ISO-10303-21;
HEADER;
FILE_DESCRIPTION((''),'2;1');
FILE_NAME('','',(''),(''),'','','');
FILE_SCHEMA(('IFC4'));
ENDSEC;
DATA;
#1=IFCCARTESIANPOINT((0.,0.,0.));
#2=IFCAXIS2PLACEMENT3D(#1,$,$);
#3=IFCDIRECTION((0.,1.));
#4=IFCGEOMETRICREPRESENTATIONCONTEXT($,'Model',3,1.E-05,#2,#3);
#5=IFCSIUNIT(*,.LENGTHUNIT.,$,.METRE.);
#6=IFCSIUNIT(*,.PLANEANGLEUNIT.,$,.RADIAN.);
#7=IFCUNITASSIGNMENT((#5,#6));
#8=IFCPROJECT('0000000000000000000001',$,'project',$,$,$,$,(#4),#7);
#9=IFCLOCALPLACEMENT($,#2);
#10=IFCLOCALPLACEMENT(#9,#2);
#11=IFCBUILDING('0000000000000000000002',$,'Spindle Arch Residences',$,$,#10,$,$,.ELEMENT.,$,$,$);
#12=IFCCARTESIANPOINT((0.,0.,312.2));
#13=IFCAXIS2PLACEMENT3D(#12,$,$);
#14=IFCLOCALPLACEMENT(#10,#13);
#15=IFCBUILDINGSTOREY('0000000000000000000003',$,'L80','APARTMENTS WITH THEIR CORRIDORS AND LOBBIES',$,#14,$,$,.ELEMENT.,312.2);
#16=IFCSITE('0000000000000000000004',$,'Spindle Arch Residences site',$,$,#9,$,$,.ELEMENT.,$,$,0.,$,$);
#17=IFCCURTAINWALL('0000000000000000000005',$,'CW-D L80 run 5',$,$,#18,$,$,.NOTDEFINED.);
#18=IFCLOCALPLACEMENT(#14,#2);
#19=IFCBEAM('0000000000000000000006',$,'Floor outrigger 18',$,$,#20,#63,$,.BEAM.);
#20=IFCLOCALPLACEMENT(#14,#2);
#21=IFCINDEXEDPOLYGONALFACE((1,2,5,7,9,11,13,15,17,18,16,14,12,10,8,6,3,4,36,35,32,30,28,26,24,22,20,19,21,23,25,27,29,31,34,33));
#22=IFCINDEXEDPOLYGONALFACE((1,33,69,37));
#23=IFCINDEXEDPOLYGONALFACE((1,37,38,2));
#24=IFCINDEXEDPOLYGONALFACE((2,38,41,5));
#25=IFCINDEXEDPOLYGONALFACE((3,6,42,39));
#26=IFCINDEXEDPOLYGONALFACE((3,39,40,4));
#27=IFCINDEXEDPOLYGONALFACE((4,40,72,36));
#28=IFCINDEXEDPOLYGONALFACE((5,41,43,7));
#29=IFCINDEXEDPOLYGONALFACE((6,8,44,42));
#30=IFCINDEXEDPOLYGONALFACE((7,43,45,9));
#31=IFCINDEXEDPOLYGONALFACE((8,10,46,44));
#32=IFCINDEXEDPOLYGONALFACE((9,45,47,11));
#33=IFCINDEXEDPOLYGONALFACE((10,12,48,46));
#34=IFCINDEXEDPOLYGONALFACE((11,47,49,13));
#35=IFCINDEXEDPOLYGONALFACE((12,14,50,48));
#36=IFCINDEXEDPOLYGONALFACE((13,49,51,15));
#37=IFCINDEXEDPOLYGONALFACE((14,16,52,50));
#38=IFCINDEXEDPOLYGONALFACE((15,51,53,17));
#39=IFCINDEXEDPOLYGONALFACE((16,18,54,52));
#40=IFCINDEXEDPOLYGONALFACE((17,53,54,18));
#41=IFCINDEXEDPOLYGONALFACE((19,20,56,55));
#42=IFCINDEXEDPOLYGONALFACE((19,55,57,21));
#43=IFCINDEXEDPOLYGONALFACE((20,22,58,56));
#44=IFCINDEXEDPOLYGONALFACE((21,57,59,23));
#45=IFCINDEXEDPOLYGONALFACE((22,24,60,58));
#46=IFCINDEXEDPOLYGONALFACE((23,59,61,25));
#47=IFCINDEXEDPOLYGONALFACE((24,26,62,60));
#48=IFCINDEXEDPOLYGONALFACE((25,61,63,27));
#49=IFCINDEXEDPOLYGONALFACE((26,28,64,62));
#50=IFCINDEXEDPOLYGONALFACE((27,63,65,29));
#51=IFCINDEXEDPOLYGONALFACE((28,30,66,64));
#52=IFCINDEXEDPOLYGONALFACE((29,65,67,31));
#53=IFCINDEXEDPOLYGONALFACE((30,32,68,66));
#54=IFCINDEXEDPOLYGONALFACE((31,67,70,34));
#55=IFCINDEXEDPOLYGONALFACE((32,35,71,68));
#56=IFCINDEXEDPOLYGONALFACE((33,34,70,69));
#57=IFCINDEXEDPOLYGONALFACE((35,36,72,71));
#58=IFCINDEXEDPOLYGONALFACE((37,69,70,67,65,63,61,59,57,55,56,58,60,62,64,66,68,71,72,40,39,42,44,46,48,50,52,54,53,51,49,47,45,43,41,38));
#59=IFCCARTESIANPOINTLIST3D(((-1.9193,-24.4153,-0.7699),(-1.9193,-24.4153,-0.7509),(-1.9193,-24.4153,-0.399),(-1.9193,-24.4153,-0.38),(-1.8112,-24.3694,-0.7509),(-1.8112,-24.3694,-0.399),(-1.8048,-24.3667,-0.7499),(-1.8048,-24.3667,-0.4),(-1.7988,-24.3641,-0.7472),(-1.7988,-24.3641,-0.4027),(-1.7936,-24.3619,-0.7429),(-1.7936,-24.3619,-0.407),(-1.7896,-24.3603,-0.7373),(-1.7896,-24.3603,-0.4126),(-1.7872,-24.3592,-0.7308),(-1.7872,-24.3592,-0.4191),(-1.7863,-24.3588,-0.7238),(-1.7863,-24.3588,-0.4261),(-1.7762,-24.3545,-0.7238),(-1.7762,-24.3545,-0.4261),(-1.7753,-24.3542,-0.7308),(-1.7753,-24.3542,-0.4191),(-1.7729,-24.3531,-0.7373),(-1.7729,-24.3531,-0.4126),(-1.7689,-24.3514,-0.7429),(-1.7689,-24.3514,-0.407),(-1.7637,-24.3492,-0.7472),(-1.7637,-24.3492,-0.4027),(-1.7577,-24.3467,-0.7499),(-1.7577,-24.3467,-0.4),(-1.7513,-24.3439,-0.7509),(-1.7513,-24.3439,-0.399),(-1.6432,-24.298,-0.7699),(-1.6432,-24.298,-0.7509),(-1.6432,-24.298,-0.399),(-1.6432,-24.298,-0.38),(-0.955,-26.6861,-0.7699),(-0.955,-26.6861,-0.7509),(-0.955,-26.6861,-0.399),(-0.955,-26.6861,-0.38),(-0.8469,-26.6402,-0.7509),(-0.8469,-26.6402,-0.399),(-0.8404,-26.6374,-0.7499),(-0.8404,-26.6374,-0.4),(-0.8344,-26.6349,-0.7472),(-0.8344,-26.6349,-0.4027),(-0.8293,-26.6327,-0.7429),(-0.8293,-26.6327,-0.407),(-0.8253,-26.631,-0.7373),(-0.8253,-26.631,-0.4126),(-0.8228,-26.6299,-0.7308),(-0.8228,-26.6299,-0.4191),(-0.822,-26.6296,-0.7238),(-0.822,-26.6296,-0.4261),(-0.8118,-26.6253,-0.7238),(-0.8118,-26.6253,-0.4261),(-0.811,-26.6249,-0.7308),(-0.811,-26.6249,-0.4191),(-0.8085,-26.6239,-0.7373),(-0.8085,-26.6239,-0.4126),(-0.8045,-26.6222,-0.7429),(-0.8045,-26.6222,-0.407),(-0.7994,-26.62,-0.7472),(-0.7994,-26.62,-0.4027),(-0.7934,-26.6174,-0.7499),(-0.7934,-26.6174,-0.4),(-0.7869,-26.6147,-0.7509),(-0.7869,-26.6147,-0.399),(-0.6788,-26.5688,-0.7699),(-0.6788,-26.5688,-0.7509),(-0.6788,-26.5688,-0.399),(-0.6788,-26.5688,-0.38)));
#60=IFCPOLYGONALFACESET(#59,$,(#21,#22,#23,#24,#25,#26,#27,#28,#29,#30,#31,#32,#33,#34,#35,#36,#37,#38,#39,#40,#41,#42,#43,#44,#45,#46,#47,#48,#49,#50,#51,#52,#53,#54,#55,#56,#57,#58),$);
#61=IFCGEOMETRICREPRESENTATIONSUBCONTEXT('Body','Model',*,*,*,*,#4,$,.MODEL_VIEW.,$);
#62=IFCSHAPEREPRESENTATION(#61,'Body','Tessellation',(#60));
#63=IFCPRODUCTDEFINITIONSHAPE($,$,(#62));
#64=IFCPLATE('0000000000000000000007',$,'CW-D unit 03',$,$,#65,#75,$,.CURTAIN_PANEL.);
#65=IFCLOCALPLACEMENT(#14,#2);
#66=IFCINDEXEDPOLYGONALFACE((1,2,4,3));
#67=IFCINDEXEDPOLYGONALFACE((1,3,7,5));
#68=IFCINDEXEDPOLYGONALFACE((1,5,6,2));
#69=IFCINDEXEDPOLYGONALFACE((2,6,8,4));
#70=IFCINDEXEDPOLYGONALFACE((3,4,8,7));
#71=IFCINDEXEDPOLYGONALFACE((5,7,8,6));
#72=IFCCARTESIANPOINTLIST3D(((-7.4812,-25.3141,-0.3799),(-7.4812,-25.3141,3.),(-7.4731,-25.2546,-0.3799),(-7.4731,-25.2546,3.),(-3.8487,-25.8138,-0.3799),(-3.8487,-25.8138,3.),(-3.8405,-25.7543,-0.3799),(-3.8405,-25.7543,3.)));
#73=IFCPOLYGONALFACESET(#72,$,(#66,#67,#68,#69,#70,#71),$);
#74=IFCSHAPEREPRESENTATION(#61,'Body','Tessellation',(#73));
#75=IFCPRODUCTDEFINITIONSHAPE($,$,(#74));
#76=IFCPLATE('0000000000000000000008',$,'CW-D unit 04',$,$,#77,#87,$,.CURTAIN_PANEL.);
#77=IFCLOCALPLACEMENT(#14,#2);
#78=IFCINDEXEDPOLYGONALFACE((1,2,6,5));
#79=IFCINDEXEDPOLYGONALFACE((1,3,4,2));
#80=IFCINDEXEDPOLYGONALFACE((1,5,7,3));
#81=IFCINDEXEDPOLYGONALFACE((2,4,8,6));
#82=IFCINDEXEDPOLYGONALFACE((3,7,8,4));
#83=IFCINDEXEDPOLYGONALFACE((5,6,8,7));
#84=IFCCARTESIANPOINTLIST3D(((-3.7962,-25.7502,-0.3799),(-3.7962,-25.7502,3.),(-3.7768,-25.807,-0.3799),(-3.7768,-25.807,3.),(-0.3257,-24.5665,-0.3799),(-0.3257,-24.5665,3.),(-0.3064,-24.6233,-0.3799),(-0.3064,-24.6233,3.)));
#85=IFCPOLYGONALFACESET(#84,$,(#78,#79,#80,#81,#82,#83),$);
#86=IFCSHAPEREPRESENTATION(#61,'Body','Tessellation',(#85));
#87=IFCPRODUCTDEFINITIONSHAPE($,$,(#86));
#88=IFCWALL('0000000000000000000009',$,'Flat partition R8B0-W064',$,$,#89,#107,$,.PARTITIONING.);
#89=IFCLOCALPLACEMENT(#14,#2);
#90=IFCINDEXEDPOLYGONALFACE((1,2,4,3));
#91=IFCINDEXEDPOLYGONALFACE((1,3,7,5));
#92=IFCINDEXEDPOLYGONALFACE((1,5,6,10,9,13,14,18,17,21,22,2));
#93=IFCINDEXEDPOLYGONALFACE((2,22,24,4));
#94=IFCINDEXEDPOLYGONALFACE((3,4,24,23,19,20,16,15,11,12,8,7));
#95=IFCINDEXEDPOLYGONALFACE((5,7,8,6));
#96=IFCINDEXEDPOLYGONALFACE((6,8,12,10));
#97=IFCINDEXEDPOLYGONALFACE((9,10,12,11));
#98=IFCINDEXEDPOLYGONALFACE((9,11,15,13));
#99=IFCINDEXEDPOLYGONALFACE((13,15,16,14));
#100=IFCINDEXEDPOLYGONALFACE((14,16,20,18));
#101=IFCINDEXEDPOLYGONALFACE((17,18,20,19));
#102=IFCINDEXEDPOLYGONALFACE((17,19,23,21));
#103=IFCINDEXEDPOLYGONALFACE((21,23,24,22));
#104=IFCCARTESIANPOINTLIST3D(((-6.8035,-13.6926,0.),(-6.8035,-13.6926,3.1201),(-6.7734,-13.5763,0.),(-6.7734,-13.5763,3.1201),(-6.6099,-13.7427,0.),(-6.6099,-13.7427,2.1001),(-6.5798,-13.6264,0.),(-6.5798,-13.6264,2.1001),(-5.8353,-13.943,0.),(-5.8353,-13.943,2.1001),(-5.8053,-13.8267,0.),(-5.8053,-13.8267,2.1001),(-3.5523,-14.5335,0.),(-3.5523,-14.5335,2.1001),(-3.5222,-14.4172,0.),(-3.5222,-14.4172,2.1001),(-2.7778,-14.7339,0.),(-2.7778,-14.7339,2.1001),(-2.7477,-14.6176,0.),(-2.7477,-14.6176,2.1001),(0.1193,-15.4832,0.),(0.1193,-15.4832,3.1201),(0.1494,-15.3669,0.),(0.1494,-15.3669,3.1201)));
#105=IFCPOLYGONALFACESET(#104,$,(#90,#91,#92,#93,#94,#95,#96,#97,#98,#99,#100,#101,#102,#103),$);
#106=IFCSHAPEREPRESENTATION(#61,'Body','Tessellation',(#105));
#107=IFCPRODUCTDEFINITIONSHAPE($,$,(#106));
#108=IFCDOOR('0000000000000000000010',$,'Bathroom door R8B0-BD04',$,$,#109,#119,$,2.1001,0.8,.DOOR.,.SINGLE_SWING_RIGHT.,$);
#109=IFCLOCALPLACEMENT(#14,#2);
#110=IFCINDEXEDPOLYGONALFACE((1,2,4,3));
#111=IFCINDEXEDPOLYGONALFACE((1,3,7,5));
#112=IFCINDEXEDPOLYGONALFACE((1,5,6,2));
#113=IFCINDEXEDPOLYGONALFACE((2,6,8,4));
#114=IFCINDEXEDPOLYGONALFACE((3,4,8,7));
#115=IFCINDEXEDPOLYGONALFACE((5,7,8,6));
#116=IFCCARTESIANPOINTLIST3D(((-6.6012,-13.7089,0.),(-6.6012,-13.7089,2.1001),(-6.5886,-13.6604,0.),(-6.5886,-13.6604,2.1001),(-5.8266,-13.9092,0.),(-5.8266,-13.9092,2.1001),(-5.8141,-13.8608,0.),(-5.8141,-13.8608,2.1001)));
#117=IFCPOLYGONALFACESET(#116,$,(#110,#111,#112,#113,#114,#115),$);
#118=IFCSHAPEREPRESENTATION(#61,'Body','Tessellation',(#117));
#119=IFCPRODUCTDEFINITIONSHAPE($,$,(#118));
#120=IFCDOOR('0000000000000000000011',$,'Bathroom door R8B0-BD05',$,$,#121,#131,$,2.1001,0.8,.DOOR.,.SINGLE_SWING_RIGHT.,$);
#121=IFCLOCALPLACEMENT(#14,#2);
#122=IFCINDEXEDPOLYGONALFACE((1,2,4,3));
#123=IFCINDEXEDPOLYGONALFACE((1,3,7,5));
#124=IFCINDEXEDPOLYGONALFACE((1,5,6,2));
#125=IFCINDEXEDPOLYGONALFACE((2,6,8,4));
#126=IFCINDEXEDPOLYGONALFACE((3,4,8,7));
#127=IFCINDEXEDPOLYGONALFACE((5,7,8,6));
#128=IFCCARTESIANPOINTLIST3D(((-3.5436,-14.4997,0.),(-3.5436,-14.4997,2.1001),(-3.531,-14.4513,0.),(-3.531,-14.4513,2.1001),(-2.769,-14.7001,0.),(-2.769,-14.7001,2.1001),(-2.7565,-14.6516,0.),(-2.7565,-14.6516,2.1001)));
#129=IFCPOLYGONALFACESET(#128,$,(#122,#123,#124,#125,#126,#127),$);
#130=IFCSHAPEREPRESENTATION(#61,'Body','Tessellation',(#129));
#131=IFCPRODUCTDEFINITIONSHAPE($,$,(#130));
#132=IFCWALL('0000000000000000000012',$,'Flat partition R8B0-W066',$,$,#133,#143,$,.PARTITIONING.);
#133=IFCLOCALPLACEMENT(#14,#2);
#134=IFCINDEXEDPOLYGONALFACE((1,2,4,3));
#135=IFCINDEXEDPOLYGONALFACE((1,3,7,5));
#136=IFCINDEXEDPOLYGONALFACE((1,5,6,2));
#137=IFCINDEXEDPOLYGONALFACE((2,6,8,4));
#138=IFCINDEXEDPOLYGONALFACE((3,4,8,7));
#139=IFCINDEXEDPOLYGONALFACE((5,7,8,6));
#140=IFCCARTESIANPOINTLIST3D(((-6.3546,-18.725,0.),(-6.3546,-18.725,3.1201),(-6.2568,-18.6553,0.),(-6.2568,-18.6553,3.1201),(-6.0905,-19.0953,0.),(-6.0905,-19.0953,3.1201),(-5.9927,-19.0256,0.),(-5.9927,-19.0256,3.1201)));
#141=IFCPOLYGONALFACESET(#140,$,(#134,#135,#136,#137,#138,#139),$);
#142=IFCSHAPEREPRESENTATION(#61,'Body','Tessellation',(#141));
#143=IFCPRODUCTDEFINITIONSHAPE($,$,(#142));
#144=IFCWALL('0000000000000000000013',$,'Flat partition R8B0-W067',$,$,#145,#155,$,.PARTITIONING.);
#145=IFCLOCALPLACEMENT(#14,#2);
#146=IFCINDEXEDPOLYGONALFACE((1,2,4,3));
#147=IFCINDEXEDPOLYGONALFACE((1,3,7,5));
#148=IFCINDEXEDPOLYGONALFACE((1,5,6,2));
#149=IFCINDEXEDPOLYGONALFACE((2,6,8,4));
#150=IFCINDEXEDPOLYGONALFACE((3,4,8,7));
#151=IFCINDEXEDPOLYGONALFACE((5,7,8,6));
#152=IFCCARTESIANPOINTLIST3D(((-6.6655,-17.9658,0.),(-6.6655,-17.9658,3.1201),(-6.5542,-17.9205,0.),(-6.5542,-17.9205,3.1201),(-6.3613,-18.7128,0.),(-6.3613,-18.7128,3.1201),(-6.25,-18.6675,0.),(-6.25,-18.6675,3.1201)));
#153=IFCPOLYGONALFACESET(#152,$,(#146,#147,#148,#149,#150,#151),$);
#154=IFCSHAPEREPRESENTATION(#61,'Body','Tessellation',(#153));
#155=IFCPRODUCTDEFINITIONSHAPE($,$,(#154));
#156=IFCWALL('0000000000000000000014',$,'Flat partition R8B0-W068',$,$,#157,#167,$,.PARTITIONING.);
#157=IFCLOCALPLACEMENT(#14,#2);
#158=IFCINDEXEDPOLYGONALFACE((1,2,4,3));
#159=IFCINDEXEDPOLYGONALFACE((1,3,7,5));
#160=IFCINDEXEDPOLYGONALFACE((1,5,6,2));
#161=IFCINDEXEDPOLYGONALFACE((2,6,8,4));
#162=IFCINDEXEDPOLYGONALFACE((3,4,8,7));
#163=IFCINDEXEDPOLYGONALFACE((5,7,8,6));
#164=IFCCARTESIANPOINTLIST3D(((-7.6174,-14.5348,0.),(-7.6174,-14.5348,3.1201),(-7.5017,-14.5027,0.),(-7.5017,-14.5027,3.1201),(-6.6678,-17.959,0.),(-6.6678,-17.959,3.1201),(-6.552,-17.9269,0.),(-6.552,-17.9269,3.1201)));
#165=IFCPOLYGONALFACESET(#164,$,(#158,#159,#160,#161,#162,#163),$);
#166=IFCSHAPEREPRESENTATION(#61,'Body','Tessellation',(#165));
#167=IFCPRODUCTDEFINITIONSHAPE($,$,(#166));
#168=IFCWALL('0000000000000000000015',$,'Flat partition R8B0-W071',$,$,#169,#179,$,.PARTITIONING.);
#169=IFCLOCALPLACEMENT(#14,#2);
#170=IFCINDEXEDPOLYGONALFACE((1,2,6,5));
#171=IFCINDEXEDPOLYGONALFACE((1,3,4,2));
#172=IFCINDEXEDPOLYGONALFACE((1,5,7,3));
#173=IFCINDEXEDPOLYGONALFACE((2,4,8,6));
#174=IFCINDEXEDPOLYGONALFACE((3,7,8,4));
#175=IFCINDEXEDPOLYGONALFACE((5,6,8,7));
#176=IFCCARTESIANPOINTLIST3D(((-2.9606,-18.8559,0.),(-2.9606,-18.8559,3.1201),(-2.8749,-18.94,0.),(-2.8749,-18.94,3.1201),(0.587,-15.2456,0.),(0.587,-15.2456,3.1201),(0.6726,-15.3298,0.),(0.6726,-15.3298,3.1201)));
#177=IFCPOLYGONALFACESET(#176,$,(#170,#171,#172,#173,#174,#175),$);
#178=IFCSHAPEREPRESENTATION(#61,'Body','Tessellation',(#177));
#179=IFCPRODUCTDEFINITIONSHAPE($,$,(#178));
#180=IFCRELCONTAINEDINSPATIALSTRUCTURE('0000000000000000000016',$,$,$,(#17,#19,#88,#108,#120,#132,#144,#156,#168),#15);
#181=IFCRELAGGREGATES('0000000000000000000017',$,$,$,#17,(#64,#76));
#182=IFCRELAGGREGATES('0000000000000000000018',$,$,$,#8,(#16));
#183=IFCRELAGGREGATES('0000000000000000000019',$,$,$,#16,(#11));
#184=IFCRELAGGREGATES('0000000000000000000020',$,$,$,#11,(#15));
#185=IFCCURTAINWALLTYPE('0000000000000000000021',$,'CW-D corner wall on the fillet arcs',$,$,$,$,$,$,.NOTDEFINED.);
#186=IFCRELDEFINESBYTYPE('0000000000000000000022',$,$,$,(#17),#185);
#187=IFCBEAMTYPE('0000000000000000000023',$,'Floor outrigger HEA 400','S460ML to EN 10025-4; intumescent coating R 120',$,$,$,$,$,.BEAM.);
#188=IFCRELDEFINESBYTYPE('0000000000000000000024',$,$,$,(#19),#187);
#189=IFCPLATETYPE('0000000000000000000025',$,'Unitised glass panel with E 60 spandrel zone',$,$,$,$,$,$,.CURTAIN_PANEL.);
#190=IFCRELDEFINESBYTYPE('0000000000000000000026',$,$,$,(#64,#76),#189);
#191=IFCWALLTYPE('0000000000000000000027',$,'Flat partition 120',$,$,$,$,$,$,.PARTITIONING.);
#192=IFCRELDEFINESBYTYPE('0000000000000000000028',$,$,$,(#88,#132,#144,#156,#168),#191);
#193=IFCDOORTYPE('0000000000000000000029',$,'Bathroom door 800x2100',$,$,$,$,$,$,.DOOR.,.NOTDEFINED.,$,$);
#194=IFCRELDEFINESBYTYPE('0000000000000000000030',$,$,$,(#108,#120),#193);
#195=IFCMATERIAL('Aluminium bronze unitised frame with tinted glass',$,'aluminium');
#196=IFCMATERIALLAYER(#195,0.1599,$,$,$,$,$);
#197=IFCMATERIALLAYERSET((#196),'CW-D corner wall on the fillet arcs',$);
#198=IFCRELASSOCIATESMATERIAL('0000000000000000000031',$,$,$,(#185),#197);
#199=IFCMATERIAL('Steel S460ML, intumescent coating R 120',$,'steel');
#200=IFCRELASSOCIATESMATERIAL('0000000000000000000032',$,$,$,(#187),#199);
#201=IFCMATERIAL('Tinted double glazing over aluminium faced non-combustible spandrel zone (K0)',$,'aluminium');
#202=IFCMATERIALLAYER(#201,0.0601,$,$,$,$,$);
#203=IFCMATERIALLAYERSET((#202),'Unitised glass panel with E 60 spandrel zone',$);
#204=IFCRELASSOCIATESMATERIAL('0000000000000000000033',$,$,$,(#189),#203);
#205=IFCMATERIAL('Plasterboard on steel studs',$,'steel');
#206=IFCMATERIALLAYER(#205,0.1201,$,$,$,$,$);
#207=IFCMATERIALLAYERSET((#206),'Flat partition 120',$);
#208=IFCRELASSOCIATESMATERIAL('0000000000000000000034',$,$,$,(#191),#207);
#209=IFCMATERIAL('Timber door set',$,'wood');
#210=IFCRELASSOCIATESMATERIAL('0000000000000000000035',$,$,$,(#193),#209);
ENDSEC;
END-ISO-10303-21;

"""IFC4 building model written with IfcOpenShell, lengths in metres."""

from ifc_helpers import new_model, si_unit, direction, frame, frame_2d, origin, origin_2d, place, context, subcontext, project, spatial, rectangle, i_section, extrude, material, layer, layer_set, material_profile, profile_set, type_object, element, fill, aggregate, save


model = new_model("IFC4")

# Units and contexts
model_context = context("Model", 3, precision=1e-05, world=origin(), true_north=direction((0.0, 1.0)))
body_context = subcontext(model_context, "Body", "Model", "MODEL_VIEW")
ifc_project = project(units=[si_unit("LENGTHUNIT", "METRE"), si_unit("PLANEANGLEUNIT", "RADIAN")], contexts=[model_context])

# Site, building, storey
site_placement = place(None, origin())
site = spatial("IfcSite", under=ifc_project, at=site_placement, Name="Spindle Arch Residences site", CompositionType="ELEMENT", RefElevation=0.0)
building_placement = place(site_placement, origin())
building = spatial("IfcBuilding", under=site, at=building_placement, Name="Spindle Arch Residences", CompositionType="ELEMENT")
storey_placement = place(building_placement, frame((0.0, 0.0, 312.2)))
storey = spatial("IfcBuildingStorey", under=building, at=storey_placement, Name="L80", Description="APARTMENTS WITH THEIR CORRIDORS AND LOBBIES", CompositionType="ELEMENT", Elevation=312.2)

# Curtain wall
ifc_material_1 = material(Name="Aluminium bronze unitised frame with tinted glass", Category="aluminium")
ifc_layer_1 = layer(ifc_material_1, 0.1599)
ifc_layer_set_1 = layer_set([ifc_layer_1], Name="CW-D corner wall on the fillet arcs")
curtain_wall_type = type_object("IfcCurtainWallType", Name="CW-D corner wall on the fillet arcs", PredefinedType="NOTDEFINED", material=ifc_layer_set_1)
curtain_wall_placement = place(storey_placement, origin())
curtain_wall = element("IfcCurtainWall", 1, at=curtain_wall_placement, inside=storey, type_object=curtain_wall_type, Name="CW-D L80 run 5", PredefinedType="NOTDEFINED")

# Beam
ifc_material_2 = material(Name="Steel S460ML, intumescent coating R 120", Category="steel")
ifc_material_profile_1 = material_profile(ifc_material_2, i_section(OverallWidth=0.3, OverallDepth=0.3899, WebThickness=0.011, FlangeThickness=0.019, FilletRadius=0.0271, at=origin_2d()), Name="HEA 400")
ifc_profile_set_1 = profile_set([ifc_material_profile_1], Name="Steel S460ML, intumescent coating R 120")
beam_type_1 = type_object("IfcBeamType", Name="Floor outrigger HEA 400", Description="S460ML to EN 10025-4; intumescent coating R 120", PredefinedType="BEAM", material=ifc_profile_set_1)
beam_1_placement = place(storey_placement, frame((-0.8169, -26.6274, -0.575), z_axis=(-0.390895, 0.920435, 0.0), x_axis=(-0.920435, -0.390895, 0.0)))
element("IfcBeam", 2, at=beam_1_placement, inside=storey, type_object=beam_type_1, Name="Floor outrigger 18", PredefinedType="BEAM", context=body_context, shape_type="SweptSolid", body=[
    extrude(i_section(OverallWidth=0.3, OverallDepth=0.3899, WebThickness=0.011, FlangeThickness=0.019, FilletRadius=0.0271, at=origin_2d()), origin(), (0.0, 0.0, 1.0), 2.467),
])

# Plates
ifc_material_3 = material(Name="Tinted double glazing over aluminium faced non-combustible spandrel zone (K0)", Category="aluminium")
ifc_layer_2 = layer(ifc_material_3, 0.0601)
ifc_layer_set_2 = layer_set([ifc_layer_2], Name="Unitised glass panel with E 60 spandrel zone")
plate_type = type_object("IfcPlateType", Name="Unitised glass panel with E 60 spandrel zone", PredefinedType="CURTAIN_PANEL", material=ifc_layer_set_2)
plate_1_placement = place(storey_placement, frame((-5.6609, -25.5342, -0.3799), z_axis=(0.0, 0.0, 1.0), x_axis=(0.990669, -0.136292, 0.0)))
plate_1 = element("IfcPlate", 3, at=plate_1_placement, type_object=plate_type, Name="CW-D unit 03", PredefinedType="CURTAIN_PANEL", context=body_context, shape_type="SweptSolid", body=[
    extrude(rectangle(XDim=3.6667, YDim=0.0601, at=origin_2d()), origin(), (0.0, 0.0, 1.0), 3.3799),
])
plate_2_placement = place(storey_placement, frame((-2.0513, -25.1868, -0.3799), z_axis=(0.0, 0.0, 1.0), x_axis=(0.946462, 0.322816, 0.0)))
plate_2 = element("IfcPlate", 4, at=plate_2_placement, type_object=plate_type, Name="CW-D unit 04", PredefinedType="CURTAIN_PANEL", context=body_context, shape_type="SweptSolid", body=[
    extrude(rectangle(XDim=3.6667, YDim=0.0601, at=origin_2d()), origin(), (0.0, 0.0, 1.0), 3.3799),
])
aggregate(curtain_wall, [plate_1, plate_2])

# Wall, openings, doors
ifc_material_4 = material(Name="Plasterboard on steel studs", Category="steel")
ifc_layer_3 = layer(ifc_material_4, 0.1201)
ifc_layer_set_3 = layer_set([ifc_layer_3], Name="Flat partition 120")
wall_type_1 = type_object("IfcWallType", Name="Flat partition 120", PredefinedType="PARTITIONING", material=ifc_layer_set_3)
wall_1_placement = place(storey_placement, frame((-6.7883, -13.6345, 0.0), z_axis=(0.0, 0.0, 1.0), x_axis=(0.968142, -0.2504, 0.0)))
wall_1 = element("IfcWall", 5, at=wall_1_placement, inside=storey, type_object=wall_type_1, Name="Flat partition R8B0-W064", PredefinedType="PARTITIONING", context=body_context, shape_type="SweptSolid", body=[
    extrude(rectangle(XDim=7.1506, YDim=0.1201, at=frame_2d((3.5752, 0.0))), origin(), (0.0, 0.0, 1.0), 3.1201),
])
opening_1_placement = place(wall_1_placement, frame((0.2, 0.0, 0.0)))
opening_1 = element("IfcOpeningElement", 6, at=opening_1_placement, cuts=wall_1, PredefinedType="OPENING", context=body_context, shape_type="SweptSolid", body=[
    extrude(rectangle(XDim=0.8, YDim=2.1001, at=frame_2d((0.3999, 1.05))), frame((0.0, 0.0701, 0.0), z_axis=(0.0, -1.0, 0.0), x_axis=(1.0, 0.0, 0.0)), (0.0, 0.0, 1.0), 0.1401),
])
opening_2_placement = place(wall_1_placement, frame((3.3582, 0.0, 0.0)))
opening_2 = element("IfcOpeningElement", 7, at=opening_2_placement, cuts=wall_1, PredefinedType="OPENING", context=body_context, shape_type="SweptSolid", body=[
    extrude(rectangle(XDim=0.8, YDim=2.1001, at=frame_2d((0.3999, 1.05))), frame((0.0, 0.0701, 0.0), z_axis=(0.0, -1.0, 0.0), x_axis=(1.0, 0.0, 0.0)), (0.0, 0.0, 1.0), 0.1401),
])
ifc_material_5 = material(Name="Timber door set", Category="wood")
door_type = type_object("IfcDoorType", Name="Bathroom door 800x2100", OperationType="NOTDEFINED", PredefinedType="DOOR", material=ifc_material_5)
door_1_placement = place(opening_1_placement, origin())
door_1 = element("IfcDoor", 8, at=door_1_placement, inside=storey, type_object=door_type, Name="Bathroom door R8B0-BD04", OperationType="SINGLE_SWING_RIGHT", OverallHeight=2.1001, OverallWidth=0.8, PredefinedType="DOOR", context=body_context, shape_type="SweptSolid", body=[
    extrude(rectangle(XDim=0.8, YDim=2.1001, at=frame_2d((0.3999, 1.05))), frame((0.0, 0.0249, 0.0), z_axis=(0.0, -1.0, 0.0), x_axis=(1.0, 0.0, 0.0)), (0.0, 0.0, 1.0), 0.05),
])
fill(opening_1, door_1)
door_2_placement = place(opening_2_placement, origin())
door_2 = element("IfcDoor", 9, at=door_2_placement, inside=storey, type_object=door_type, Name="Bathroom door R8B0-BD05", OperationType="SINGLE_SWING_RIGHT", OverallHeight=2.1001, OverallWidth=0.8, PredefinedType="DOOR", context=body_context, shape_type="SweptSolid", body=[
    extrude(rectangle(XDim=0.8, YDim=2.1001, at=frame_2d((0.3999, 1.05))), frame((0.0, 0.0249, 0.0), z_axis=(0.0, -1.0, 0.0), x_axis=(1.0, 0.0, 0.0)), (0.0, 0.0, 1.0), 0.05),
])
fill(opening_2, door_2)

# Walls
wall_2_placement = place(storey_placement, frame((-6.0415, -19.0605, 0.0), z_axis=(0.0, 0.0, 1.0), x_axis=(-0.58068, 0.814132, 0.0)))
element("IfcWall", 10, at=wall_2_placement, inside=storey, type_object=wall_type_1, Name="Flat partition R8B0-W066", PredefinedType="PARTITIONING", context=body_context, shape_type="SweptSolid", body=[
    extrude(rectangle(XDim=0.4548, YDim=0.1201, at=frame_2d((0.2275, 0.0))), origin(), (0.0, 0.0, 1.0), 3.1201),
])
wall_3_placement = place(storey_placement, frame((-6.3057, -18.6902, 0.0), z_axis=(0.0, 0.0, 1.0), x_axis=(-0.377124, 0.926163, 0.0)))
element("IfcWall", 11, at=wall_3_placement, inside=storey, type_object=wall_type_1, Name="Flat partition R8B0-W067", PredefinedType="PARTITIONING", context=body_context, shape_type="SweptSolid", body=[
    extrude(rectangle(XDim=0.8066, YDim=0.1201, at=frame_2d((0.4033, 0.0))), origin(), (0.0, 0.0, 1.0), 3.1201),
])
wall_4_placement = place(storey_placement, frame((-6.6099, -17.9431, 0.0), z_axis=(0.0, 0.0, 1.0), x_axis=(-0.267254, 0.963626, 0.0)))
element("IfcWall", 12, at=wall_4_placement, inside=storey, type_object=wall_type_1, Name="Flat partition R8B0-W068", PredefinedType="PARTITIONING", context=body_context, shape_type="SweptSolid", body=[
    extrude(rectangle(XDim=3.5535, YDim=0.1201, at=frame_2d((1.7769, 0.0))), origin(), (0.0, 0.0, 1.0), 3.1201),
])
wall_5_placement = place(storey_placement, frame((-2.9177, -18.8979, 0.0), z_axis=(0.0, 0.0, 1.0), x_axis=(0.700882, 0.713278, 0.0)))
element("IfcWall", 13, at=wall_5_placement, inside=storey, type_object=wall_type_1, Name="Flat partition R8B0-W071", PredefinedType="PARTITIONING", context=body_context, shape_type="SweptSolid", body=[
    extrude(rectangle(XDim=5.0615, YDim=0.1201, at=frame_2d((2.5308, 0.0))), origin(), (0.0, 0.0, 1.0), 3.1201),
])

save(model, "model.ifc")
